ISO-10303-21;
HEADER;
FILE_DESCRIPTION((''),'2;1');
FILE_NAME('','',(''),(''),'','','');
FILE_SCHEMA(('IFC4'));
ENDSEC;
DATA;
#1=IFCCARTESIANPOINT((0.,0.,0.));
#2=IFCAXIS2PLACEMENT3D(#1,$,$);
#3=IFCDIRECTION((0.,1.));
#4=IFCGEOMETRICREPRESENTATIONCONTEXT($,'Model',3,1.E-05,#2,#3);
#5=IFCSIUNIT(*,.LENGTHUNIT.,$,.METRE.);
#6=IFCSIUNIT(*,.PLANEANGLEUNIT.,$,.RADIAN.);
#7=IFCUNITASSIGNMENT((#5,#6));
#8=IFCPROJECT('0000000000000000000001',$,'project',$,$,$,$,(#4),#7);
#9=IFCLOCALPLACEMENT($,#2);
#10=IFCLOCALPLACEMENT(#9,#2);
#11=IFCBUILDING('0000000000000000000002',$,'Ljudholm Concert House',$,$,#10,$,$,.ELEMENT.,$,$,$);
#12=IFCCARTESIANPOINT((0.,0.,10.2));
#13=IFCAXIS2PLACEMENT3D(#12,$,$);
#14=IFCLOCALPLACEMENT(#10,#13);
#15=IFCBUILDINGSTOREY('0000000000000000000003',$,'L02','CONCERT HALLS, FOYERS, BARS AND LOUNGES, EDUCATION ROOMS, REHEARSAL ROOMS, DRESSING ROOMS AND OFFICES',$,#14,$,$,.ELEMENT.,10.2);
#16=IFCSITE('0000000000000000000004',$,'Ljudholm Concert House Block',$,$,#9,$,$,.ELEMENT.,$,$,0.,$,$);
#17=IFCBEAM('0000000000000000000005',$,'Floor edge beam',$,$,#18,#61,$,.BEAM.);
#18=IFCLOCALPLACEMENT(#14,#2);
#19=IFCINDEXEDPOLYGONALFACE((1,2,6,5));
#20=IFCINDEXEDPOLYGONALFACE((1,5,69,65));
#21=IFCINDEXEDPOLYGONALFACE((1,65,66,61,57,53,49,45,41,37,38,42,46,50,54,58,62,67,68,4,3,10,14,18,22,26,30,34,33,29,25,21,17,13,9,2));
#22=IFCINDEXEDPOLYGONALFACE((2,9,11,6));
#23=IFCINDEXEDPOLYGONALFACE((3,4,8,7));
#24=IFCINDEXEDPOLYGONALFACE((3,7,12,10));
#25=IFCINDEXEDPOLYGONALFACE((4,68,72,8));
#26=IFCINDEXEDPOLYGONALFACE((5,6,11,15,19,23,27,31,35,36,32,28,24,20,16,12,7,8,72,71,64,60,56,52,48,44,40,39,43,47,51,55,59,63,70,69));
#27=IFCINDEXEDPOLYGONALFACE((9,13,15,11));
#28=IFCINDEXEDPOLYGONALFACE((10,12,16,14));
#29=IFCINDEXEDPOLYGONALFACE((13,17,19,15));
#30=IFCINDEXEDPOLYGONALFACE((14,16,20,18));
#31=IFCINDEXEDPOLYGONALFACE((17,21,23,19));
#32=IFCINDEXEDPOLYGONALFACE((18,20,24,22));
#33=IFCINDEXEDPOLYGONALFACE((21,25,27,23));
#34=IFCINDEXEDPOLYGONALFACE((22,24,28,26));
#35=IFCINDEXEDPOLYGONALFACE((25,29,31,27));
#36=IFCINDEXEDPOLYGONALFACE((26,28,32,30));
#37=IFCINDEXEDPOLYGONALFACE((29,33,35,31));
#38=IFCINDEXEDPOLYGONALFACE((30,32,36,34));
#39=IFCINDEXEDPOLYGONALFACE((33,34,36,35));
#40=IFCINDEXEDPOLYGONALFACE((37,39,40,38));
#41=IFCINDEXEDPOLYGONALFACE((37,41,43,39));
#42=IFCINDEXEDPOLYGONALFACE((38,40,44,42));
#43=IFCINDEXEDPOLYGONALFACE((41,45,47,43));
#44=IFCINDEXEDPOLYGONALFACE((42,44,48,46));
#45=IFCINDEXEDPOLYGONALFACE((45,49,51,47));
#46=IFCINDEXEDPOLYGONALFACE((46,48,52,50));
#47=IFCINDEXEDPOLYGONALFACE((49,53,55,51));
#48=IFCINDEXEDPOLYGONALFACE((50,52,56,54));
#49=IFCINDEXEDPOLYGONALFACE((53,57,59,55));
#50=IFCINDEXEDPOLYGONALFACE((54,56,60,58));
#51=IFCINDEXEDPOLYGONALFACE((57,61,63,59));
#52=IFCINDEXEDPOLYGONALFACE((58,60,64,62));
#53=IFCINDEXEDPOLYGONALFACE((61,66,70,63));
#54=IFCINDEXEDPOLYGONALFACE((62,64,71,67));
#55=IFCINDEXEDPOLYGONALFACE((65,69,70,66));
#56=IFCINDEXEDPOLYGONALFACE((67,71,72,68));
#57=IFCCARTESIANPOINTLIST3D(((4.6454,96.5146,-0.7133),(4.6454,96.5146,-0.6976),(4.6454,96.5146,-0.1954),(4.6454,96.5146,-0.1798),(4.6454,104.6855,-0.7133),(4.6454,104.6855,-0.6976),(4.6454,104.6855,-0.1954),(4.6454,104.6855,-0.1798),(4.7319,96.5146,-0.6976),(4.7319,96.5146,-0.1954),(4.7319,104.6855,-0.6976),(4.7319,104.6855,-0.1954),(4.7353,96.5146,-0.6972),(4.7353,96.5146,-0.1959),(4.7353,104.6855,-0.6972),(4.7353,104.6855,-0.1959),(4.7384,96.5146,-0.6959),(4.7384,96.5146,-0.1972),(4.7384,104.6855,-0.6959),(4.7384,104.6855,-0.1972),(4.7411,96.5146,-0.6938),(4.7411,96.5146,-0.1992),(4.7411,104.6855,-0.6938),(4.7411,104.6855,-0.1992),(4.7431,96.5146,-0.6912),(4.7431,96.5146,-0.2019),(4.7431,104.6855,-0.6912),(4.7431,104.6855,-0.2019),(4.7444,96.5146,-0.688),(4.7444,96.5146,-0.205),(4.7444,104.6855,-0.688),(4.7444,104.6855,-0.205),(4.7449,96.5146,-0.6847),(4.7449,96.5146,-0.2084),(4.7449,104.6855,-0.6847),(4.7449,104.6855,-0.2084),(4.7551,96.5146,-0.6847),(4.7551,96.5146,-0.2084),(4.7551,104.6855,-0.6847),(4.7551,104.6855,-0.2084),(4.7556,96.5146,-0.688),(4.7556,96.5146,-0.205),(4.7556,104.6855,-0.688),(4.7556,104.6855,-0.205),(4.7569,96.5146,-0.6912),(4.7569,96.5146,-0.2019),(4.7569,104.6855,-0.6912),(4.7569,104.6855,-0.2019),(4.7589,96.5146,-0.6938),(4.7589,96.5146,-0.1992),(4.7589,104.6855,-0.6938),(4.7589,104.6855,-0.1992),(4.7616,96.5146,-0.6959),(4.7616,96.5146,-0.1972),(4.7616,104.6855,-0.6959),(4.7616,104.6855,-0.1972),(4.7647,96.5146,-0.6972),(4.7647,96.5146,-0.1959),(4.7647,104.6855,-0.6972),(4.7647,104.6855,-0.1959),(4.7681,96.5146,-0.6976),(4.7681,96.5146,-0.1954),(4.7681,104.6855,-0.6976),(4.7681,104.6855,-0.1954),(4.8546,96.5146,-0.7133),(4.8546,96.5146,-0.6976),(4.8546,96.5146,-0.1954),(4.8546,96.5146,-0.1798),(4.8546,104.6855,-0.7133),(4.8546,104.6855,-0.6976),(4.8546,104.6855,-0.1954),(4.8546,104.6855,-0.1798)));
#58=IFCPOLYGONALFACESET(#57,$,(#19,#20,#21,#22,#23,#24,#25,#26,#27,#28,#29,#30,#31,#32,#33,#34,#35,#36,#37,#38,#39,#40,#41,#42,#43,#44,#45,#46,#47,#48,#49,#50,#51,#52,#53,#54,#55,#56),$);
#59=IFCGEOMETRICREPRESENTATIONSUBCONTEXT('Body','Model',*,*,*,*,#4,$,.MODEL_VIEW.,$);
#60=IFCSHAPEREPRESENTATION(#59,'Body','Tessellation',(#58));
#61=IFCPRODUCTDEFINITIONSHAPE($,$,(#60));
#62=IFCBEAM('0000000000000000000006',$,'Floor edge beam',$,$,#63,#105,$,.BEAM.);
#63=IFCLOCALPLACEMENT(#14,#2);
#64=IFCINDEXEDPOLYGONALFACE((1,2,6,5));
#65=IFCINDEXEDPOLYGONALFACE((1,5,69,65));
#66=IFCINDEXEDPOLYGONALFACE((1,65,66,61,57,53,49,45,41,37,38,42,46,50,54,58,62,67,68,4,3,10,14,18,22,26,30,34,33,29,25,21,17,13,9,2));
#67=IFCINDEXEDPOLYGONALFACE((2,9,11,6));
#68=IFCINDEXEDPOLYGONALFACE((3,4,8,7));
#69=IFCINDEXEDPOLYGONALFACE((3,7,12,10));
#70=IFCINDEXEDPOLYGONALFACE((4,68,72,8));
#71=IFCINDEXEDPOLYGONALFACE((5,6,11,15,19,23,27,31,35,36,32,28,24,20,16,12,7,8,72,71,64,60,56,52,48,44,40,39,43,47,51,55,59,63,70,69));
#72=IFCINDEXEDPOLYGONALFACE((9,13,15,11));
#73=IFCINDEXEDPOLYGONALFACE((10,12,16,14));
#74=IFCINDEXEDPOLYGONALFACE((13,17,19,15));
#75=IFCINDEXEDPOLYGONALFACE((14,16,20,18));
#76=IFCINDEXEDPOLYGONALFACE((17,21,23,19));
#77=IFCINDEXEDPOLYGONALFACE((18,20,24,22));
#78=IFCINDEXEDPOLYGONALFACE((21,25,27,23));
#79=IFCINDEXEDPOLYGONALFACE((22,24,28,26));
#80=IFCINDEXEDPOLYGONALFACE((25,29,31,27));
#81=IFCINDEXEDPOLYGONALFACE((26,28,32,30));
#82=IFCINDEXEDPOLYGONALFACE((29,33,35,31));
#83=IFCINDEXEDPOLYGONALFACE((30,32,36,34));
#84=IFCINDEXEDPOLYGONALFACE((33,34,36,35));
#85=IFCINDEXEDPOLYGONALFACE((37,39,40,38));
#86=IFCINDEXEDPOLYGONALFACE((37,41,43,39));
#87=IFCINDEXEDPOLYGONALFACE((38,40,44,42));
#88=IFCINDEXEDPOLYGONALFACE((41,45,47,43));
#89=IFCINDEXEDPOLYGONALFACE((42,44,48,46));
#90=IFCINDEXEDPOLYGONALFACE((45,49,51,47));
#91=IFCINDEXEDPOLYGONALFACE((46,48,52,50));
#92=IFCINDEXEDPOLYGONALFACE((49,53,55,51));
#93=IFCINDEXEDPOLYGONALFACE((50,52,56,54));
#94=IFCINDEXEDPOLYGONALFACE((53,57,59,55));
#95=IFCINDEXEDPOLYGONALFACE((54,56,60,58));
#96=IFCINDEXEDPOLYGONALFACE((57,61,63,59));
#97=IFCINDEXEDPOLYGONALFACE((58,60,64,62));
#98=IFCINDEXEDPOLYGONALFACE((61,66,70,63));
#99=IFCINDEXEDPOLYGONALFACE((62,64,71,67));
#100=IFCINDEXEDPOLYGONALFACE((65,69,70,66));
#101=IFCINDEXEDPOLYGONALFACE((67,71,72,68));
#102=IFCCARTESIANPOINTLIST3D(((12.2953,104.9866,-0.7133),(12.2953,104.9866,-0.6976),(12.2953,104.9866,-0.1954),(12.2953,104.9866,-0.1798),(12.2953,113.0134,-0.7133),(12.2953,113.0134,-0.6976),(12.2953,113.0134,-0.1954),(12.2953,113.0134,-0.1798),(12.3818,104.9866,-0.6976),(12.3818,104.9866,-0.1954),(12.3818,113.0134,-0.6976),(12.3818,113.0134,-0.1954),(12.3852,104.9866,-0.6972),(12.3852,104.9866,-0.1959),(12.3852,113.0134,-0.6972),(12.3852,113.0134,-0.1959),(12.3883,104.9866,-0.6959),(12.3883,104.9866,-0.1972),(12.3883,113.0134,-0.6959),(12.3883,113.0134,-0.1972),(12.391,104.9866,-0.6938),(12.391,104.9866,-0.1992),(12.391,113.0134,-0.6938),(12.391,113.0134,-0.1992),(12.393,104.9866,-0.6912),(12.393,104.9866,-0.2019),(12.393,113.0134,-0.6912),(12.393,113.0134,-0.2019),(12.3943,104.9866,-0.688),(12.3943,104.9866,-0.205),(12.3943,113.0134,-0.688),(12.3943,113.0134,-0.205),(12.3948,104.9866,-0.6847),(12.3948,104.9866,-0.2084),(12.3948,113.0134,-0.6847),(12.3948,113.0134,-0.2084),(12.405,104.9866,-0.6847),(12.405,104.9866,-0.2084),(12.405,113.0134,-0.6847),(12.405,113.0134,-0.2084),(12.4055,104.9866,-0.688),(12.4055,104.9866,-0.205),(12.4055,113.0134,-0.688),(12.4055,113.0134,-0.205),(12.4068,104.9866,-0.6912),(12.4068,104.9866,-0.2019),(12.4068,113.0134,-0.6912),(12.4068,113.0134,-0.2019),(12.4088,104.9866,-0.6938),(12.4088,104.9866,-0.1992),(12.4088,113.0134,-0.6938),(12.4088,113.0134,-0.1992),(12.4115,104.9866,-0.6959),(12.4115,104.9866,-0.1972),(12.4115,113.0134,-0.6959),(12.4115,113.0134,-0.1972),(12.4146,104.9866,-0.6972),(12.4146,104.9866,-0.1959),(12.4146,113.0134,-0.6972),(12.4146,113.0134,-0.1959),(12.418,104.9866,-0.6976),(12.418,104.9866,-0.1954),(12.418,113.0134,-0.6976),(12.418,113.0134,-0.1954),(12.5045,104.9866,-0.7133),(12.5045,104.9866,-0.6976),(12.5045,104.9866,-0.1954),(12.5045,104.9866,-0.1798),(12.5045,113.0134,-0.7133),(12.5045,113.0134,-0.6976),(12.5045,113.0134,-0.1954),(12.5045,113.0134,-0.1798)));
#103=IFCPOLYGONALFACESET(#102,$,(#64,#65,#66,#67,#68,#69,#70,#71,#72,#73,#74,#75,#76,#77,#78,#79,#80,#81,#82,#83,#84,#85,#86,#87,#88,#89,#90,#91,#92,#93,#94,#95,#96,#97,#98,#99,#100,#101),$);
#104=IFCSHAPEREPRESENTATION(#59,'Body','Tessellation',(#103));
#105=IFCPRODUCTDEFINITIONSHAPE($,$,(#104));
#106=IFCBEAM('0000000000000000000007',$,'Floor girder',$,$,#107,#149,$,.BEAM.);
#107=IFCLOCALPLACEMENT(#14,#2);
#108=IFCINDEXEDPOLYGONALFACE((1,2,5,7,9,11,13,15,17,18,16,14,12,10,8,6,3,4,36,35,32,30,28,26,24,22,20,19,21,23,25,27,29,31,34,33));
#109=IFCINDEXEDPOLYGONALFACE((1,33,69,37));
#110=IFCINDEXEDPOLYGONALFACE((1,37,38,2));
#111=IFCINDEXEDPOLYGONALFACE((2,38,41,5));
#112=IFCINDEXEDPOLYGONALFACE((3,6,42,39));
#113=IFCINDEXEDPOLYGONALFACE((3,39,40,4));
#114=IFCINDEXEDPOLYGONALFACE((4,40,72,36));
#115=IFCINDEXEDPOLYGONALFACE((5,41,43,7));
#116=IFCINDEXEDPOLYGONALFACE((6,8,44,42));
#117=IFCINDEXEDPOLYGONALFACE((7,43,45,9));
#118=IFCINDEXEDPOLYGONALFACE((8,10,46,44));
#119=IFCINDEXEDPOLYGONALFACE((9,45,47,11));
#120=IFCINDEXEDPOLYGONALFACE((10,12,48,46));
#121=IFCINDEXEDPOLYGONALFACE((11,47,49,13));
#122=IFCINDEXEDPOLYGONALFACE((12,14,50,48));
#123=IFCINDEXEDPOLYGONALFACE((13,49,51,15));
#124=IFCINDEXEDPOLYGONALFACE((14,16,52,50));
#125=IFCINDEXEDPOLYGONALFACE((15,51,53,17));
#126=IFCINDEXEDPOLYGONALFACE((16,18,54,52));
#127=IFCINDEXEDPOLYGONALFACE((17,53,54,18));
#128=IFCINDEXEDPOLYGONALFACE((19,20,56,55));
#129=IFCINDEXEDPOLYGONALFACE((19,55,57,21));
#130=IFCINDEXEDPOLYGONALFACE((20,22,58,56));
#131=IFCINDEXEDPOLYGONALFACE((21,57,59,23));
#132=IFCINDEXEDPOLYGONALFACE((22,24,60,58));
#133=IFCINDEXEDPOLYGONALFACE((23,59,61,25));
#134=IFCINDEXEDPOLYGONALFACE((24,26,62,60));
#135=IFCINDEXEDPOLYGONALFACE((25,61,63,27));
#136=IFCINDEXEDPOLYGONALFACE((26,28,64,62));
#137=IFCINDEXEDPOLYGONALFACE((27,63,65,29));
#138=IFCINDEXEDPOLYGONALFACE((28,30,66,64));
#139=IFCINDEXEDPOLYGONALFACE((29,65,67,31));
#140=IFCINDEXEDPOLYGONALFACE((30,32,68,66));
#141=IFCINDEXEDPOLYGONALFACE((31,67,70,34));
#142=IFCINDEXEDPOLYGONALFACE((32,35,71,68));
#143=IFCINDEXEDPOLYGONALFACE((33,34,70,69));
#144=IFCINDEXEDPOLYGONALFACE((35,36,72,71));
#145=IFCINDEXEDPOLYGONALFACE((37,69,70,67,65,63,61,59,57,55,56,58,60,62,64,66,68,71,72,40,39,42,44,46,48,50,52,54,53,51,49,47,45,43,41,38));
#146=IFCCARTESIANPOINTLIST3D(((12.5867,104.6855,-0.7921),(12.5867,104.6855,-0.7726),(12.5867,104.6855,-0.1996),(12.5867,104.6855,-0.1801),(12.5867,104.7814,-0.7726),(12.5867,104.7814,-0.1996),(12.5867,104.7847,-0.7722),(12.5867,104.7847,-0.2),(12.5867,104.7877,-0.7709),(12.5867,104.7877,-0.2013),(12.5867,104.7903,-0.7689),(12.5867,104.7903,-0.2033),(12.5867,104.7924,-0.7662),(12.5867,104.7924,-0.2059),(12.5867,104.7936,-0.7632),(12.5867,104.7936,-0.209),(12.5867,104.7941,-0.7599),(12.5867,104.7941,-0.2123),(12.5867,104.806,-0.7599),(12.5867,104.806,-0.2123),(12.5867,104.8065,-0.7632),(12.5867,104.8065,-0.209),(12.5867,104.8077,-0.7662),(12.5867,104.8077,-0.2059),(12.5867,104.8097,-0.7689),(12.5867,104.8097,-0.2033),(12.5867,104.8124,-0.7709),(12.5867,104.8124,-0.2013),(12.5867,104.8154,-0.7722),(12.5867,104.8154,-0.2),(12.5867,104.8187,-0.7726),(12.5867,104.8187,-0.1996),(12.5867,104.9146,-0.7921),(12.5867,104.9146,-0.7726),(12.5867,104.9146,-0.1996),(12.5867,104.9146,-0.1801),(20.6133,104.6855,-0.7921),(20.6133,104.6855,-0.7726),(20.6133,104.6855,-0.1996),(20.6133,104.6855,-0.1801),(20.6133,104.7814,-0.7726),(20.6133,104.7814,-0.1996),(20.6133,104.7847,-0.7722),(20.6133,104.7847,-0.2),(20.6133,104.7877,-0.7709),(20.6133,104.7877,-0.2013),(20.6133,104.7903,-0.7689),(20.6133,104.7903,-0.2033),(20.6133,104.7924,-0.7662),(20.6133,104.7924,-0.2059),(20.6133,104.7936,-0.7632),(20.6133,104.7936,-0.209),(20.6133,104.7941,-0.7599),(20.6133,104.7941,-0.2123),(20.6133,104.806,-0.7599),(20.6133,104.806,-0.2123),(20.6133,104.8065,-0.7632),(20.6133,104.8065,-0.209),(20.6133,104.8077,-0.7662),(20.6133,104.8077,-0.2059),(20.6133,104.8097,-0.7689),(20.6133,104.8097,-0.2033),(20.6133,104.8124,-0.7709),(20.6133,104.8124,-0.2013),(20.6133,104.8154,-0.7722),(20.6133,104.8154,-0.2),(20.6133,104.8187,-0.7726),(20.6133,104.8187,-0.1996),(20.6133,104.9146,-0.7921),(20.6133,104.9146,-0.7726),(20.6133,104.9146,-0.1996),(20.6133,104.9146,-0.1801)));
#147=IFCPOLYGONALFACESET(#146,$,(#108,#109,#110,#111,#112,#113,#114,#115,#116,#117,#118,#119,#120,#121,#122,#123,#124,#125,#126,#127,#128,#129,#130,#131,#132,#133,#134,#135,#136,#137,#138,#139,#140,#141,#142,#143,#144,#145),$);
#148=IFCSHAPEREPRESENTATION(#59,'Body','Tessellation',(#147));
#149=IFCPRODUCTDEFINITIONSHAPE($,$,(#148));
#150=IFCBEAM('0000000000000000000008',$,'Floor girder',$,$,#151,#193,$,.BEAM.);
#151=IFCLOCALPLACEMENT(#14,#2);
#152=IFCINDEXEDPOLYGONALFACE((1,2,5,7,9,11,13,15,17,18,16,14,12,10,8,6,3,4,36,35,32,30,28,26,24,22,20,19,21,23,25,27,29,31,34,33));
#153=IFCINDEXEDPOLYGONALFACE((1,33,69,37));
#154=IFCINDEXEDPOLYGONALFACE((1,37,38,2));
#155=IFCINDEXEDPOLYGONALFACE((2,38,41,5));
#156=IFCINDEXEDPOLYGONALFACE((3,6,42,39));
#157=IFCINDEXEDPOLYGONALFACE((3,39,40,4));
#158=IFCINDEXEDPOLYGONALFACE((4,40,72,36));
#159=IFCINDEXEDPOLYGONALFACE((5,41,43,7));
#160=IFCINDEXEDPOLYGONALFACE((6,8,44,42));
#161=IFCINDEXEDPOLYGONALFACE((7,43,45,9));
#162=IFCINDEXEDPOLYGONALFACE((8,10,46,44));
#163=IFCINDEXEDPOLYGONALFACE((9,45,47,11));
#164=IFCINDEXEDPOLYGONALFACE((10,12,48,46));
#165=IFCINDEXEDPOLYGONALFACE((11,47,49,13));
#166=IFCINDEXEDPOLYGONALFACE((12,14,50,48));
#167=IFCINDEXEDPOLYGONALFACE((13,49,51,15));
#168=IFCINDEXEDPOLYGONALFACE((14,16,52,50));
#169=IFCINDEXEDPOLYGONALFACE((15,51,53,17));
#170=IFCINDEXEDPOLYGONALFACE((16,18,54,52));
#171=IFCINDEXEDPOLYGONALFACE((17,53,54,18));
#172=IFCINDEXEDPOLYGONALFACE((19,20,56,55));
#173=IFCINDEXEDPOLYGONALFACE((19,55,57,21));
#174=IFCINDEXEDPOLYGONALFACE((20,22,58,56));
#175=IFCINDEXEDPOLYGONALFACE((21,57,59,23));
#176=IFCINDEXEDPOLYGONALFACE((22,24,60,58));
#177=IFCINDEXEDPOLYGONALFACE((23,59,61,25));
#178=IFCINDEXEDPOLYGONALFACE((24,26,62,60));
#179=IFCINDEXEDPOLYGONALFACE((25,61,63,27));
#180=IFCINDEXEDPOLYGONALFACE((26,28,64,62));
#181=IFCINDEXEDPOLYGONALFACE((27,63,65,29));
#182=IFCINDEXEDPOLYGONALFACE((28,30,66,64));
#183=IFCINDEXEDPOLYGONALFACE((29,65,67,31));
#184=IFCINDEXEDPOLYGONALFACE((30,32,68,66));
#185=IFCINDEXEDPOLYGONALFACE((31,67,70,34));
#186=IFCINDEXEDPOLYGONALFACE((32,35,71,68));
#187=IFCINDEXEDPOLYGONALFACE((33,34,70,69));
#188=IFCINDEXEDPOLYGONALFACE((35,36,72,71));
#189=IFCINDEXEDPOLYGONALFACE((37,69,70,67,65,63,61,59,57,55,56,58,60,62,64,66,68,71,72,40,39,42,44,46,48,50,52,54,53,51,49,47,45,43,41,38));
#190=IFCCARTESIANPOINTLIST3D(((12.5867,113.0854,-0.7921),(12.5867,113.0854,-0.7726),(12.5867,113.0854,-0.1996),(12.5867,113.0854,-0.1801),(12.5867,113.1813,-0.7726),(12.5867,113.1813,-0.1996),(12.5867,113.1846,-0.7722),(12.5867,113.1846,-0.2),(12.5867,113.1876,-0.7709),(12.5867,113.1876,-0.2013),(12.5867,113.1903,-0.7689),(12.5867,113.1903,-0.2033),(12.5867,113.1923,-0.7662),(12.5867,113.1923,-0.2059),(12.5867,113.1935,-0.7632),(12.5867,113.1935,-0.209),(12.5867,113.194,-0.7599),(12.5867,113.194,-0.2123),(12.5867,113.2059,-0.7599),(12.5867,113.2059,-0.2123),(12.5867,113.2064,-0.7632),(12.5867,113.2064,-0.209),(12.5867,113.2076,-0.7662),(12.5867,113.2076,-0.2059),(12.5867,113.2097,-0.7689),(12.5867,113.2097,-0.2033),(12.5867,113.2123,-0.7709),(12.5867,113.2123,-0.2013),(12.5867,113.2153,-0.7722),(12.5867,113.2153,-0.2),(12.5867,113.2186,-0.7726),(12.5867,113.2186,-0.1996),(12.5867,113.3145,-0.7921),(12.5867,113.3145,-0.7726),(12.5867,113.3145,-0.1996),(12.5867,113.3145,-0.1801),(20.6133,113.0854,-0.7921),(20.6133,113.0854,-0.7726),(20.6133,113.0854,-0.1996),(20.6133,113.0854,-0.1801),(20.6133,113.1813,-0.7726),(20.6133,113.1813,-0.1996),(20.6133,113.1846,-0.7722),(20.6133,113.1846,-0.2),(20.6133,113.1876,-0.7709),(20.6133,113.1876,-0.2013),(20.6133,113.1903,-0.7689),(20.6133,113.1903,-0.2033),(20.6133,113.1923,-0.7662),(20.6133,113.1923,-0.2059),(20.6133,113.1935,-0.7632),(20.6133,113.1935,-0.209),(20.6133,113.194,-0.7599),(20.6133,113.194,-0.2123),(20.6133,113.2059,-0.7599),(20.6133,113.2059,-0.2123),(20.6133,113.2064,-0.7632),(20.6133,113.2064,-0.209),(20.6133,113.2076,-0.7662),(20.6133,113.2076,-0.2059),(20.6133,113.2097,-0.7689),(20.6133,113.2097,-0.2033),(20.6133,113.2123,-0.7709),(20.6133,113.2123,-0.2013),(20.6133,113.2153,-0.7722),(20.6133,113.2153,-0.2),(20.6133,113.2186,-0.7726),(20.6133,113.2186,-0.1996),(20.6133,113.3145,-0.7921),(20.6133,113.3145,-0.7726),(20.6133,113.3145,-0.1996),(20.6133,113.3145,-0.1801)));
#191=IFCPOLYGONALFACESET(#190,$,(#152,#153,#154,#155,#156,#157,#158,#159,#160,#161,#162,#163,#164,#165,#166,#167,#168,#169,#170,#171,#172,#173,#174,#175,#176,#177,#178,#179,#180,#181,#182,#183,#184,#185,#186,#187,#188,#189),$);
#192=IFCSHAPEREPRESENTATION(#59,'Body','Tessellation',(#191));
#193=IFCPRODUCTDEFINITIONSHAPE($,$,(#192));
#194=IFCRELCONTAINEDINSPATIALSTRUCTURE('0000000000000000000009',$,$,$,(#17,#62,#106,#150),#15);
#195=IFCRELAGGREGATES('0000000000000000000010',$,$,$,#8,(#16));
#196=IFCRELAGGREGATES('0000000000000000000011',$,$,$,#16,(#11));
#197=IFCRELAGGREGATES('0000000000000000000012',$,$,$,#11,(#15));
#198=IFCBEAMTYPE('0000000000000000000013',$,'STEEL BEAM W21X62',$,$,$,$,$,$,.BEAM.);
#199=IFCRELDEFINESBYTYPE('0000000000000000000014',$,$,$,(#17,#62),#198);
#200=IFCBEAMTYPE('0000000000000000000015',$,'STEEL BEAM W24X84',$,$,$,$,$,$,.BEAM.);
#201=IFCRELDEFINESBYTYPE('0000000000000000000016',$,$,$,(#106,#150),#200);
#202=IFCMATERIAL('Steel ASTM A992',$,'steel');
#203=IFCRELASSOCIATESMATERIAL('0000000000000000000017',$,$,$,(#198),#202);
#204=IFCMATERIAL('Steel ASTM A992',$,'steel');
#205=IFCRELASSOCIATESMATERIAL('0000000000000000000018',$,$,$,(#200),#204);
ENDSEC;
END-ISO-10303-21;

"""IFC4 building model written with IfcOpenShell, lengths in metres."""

from ifc_helpers import new_model, si_unit, direction, frame, origin, origin_2d, place, context, subcontext, project, spatial, i_section, extrude, material, material_profile, profile_set, type_object, element, save


model = new_model("IFC4")

# Units and contexts
model_context = context("Model", 3, precision=1e-05, world=origin(), true_north=direction((0.0, 1.0)))
body_context = subcontext(model_context, "Body", "Model", "MODEL_VIEW")
ifc_project = project(units=[si_unit("LENGTHUNIT", "METRE"), si_unit("PLANEANGLEUNIT", "RADIAN")], contexts=[model_context])

# Site, building, storey
site_placement = place(None, origin())
site = spatial("IfcSite", under=ifc_project, at=site_placement, Name="Ljudholm Concert House Block", CompositionType="ELEMENT", RefElevation=0.0)
building_placement = place(site_placement, origin())
building = spatial("IfcBuilding", under=site, at=building_placement, Name="Ljudholm Concert House", CompositionType="ELEMENT")
storey_placement = place(building_placement, frame((0.0, 0.0, 10.2)))
storey = spatial("IfcBuildingStorey", under=building, at=storey_placement, Name="L02", Description="CONCERT HALLS, FOYERS, BARS AND LOUNGES, EDUCATION ROOMS, REHEARSAL ROOMS, DRESSING ROOMS AND OFFICES", CompositionType="ELEMENT", Elevation=10.2)

# Beams
ifc_material_1 = material(Name="Steel ASTM A992", Category="steel")
ifc_material_profile_1 = material_profile(ifc_material_1, i_section(OverallWidth=0.2092, OverallDepth=0.5334, WebThickness=0.0103, FlangeThickness=0.0156, FilletRadius=0.0129, at=origin_2d()), Name="W21X62")
ifc_profile_set_1 = profile_set([ifc_material_profile_1], Name="Steel ASTM A992")
beam_type_1 = type_object("IfcBeamType", Name="STEEL BEAM W21X62", PredefinedType="BEAM", material=ifc_profile_set_1)
beam_1_placement = place(storey_placement, frame((4.75, 96.5146, -0.4465), z_axis=(0.0, 1.0, 0.0), x_axis=(-1.0, 0.0, 0.0)))
element("IfcBeam", 1, at=beam_1_placement, inside=storey, type_object=beam_type_1, Name="Floor edge beam", PredefinedType="BEAM", context=body_context, shape_type="SweptSolid", body=[
    extrude(i_section(OverallWidth=0.2092, OverallDepth=0.5334, WebThickness=0.0103, FlangeThickness=0.0156, FilletRadius=0.0129, at=origin_2d()), origin(), (0.0, 0.0, 1.0), 8.1709),
])
beam_2_placement = place(storey_placement, frame((12.3999, 104.9866, -0.4465), z_axis=(0.0, 1.0, 0.0), x_axis=(-1.0, 0.0, 0.0)))
element("IfcBeam", 2, at=beam_2_placement, inside=storey, type_object=beam_type_1, Name="Floor edge beam", PredefinedType="BEAM", context=body_context, shape_type="SweptSolid", body=[
    extrude(i_section(OverallWidth=0.2092, OverallDepth=0.5334, WebThickness=0.0103, FlangeThickness=0.0156, FilletRadius=0.0129, at=origin_2d()), origin(), (0.0, 0.0, 1.0), 8.0269),
])
ifc_material_2 = material(Name="Steel ASTM A992", Category="steel")
ifc_material_profile_2 = material_profile(ifc_material_2, i_section(OverallWidth=0.229, OverallDepth=0.6121, WebThickness=0.012, FlangeThickness=0.0195, FilletRadius=0.0127, at=origin_2d()), Name="W24X84")
ifc_profile_set_2 = profile_set([ifc_material_profile_2], Name="Steel ASTM A992")
beam_type_2 = type_object("IfcBeamType", Name="STEEL BEAM W24X84", PredefinedType="BEAM", material=ifc_profile_set_2)
for number, where, z_axis, x_axis, name in (
    (3, (12.5867, 104.8, -0.4861), (1.0, 0.0, 0.0), (0.0, 1.0, 0.0), "Floor girder"),
    (4, (12.5867, 113.2, -0.4861), (1.0, 0.0, 0.0), (0.0, 1.0, 0.0), "Floor girder"),
):
    element("IfcBeam", number, at=place(storey_placement, frame(where, z_axis=z_axis, x_axis=x_axis)), inside=storey, type_object=beam_type_2, Name=name, PredefinedType="BEAM", context=body_context, shape_type="SweptSolid", body=[
        extrude(i_section(OverallWidth=0.229, OverallDepth=0.6121, WebThickness=0.012, FlangeThickness=0.0195, FilletRadius=0.0127, at=origin_2d()), origin(), (0.0, 0.0, 1.0), 8.0266),
    ])

save(model, "model.ifc")
